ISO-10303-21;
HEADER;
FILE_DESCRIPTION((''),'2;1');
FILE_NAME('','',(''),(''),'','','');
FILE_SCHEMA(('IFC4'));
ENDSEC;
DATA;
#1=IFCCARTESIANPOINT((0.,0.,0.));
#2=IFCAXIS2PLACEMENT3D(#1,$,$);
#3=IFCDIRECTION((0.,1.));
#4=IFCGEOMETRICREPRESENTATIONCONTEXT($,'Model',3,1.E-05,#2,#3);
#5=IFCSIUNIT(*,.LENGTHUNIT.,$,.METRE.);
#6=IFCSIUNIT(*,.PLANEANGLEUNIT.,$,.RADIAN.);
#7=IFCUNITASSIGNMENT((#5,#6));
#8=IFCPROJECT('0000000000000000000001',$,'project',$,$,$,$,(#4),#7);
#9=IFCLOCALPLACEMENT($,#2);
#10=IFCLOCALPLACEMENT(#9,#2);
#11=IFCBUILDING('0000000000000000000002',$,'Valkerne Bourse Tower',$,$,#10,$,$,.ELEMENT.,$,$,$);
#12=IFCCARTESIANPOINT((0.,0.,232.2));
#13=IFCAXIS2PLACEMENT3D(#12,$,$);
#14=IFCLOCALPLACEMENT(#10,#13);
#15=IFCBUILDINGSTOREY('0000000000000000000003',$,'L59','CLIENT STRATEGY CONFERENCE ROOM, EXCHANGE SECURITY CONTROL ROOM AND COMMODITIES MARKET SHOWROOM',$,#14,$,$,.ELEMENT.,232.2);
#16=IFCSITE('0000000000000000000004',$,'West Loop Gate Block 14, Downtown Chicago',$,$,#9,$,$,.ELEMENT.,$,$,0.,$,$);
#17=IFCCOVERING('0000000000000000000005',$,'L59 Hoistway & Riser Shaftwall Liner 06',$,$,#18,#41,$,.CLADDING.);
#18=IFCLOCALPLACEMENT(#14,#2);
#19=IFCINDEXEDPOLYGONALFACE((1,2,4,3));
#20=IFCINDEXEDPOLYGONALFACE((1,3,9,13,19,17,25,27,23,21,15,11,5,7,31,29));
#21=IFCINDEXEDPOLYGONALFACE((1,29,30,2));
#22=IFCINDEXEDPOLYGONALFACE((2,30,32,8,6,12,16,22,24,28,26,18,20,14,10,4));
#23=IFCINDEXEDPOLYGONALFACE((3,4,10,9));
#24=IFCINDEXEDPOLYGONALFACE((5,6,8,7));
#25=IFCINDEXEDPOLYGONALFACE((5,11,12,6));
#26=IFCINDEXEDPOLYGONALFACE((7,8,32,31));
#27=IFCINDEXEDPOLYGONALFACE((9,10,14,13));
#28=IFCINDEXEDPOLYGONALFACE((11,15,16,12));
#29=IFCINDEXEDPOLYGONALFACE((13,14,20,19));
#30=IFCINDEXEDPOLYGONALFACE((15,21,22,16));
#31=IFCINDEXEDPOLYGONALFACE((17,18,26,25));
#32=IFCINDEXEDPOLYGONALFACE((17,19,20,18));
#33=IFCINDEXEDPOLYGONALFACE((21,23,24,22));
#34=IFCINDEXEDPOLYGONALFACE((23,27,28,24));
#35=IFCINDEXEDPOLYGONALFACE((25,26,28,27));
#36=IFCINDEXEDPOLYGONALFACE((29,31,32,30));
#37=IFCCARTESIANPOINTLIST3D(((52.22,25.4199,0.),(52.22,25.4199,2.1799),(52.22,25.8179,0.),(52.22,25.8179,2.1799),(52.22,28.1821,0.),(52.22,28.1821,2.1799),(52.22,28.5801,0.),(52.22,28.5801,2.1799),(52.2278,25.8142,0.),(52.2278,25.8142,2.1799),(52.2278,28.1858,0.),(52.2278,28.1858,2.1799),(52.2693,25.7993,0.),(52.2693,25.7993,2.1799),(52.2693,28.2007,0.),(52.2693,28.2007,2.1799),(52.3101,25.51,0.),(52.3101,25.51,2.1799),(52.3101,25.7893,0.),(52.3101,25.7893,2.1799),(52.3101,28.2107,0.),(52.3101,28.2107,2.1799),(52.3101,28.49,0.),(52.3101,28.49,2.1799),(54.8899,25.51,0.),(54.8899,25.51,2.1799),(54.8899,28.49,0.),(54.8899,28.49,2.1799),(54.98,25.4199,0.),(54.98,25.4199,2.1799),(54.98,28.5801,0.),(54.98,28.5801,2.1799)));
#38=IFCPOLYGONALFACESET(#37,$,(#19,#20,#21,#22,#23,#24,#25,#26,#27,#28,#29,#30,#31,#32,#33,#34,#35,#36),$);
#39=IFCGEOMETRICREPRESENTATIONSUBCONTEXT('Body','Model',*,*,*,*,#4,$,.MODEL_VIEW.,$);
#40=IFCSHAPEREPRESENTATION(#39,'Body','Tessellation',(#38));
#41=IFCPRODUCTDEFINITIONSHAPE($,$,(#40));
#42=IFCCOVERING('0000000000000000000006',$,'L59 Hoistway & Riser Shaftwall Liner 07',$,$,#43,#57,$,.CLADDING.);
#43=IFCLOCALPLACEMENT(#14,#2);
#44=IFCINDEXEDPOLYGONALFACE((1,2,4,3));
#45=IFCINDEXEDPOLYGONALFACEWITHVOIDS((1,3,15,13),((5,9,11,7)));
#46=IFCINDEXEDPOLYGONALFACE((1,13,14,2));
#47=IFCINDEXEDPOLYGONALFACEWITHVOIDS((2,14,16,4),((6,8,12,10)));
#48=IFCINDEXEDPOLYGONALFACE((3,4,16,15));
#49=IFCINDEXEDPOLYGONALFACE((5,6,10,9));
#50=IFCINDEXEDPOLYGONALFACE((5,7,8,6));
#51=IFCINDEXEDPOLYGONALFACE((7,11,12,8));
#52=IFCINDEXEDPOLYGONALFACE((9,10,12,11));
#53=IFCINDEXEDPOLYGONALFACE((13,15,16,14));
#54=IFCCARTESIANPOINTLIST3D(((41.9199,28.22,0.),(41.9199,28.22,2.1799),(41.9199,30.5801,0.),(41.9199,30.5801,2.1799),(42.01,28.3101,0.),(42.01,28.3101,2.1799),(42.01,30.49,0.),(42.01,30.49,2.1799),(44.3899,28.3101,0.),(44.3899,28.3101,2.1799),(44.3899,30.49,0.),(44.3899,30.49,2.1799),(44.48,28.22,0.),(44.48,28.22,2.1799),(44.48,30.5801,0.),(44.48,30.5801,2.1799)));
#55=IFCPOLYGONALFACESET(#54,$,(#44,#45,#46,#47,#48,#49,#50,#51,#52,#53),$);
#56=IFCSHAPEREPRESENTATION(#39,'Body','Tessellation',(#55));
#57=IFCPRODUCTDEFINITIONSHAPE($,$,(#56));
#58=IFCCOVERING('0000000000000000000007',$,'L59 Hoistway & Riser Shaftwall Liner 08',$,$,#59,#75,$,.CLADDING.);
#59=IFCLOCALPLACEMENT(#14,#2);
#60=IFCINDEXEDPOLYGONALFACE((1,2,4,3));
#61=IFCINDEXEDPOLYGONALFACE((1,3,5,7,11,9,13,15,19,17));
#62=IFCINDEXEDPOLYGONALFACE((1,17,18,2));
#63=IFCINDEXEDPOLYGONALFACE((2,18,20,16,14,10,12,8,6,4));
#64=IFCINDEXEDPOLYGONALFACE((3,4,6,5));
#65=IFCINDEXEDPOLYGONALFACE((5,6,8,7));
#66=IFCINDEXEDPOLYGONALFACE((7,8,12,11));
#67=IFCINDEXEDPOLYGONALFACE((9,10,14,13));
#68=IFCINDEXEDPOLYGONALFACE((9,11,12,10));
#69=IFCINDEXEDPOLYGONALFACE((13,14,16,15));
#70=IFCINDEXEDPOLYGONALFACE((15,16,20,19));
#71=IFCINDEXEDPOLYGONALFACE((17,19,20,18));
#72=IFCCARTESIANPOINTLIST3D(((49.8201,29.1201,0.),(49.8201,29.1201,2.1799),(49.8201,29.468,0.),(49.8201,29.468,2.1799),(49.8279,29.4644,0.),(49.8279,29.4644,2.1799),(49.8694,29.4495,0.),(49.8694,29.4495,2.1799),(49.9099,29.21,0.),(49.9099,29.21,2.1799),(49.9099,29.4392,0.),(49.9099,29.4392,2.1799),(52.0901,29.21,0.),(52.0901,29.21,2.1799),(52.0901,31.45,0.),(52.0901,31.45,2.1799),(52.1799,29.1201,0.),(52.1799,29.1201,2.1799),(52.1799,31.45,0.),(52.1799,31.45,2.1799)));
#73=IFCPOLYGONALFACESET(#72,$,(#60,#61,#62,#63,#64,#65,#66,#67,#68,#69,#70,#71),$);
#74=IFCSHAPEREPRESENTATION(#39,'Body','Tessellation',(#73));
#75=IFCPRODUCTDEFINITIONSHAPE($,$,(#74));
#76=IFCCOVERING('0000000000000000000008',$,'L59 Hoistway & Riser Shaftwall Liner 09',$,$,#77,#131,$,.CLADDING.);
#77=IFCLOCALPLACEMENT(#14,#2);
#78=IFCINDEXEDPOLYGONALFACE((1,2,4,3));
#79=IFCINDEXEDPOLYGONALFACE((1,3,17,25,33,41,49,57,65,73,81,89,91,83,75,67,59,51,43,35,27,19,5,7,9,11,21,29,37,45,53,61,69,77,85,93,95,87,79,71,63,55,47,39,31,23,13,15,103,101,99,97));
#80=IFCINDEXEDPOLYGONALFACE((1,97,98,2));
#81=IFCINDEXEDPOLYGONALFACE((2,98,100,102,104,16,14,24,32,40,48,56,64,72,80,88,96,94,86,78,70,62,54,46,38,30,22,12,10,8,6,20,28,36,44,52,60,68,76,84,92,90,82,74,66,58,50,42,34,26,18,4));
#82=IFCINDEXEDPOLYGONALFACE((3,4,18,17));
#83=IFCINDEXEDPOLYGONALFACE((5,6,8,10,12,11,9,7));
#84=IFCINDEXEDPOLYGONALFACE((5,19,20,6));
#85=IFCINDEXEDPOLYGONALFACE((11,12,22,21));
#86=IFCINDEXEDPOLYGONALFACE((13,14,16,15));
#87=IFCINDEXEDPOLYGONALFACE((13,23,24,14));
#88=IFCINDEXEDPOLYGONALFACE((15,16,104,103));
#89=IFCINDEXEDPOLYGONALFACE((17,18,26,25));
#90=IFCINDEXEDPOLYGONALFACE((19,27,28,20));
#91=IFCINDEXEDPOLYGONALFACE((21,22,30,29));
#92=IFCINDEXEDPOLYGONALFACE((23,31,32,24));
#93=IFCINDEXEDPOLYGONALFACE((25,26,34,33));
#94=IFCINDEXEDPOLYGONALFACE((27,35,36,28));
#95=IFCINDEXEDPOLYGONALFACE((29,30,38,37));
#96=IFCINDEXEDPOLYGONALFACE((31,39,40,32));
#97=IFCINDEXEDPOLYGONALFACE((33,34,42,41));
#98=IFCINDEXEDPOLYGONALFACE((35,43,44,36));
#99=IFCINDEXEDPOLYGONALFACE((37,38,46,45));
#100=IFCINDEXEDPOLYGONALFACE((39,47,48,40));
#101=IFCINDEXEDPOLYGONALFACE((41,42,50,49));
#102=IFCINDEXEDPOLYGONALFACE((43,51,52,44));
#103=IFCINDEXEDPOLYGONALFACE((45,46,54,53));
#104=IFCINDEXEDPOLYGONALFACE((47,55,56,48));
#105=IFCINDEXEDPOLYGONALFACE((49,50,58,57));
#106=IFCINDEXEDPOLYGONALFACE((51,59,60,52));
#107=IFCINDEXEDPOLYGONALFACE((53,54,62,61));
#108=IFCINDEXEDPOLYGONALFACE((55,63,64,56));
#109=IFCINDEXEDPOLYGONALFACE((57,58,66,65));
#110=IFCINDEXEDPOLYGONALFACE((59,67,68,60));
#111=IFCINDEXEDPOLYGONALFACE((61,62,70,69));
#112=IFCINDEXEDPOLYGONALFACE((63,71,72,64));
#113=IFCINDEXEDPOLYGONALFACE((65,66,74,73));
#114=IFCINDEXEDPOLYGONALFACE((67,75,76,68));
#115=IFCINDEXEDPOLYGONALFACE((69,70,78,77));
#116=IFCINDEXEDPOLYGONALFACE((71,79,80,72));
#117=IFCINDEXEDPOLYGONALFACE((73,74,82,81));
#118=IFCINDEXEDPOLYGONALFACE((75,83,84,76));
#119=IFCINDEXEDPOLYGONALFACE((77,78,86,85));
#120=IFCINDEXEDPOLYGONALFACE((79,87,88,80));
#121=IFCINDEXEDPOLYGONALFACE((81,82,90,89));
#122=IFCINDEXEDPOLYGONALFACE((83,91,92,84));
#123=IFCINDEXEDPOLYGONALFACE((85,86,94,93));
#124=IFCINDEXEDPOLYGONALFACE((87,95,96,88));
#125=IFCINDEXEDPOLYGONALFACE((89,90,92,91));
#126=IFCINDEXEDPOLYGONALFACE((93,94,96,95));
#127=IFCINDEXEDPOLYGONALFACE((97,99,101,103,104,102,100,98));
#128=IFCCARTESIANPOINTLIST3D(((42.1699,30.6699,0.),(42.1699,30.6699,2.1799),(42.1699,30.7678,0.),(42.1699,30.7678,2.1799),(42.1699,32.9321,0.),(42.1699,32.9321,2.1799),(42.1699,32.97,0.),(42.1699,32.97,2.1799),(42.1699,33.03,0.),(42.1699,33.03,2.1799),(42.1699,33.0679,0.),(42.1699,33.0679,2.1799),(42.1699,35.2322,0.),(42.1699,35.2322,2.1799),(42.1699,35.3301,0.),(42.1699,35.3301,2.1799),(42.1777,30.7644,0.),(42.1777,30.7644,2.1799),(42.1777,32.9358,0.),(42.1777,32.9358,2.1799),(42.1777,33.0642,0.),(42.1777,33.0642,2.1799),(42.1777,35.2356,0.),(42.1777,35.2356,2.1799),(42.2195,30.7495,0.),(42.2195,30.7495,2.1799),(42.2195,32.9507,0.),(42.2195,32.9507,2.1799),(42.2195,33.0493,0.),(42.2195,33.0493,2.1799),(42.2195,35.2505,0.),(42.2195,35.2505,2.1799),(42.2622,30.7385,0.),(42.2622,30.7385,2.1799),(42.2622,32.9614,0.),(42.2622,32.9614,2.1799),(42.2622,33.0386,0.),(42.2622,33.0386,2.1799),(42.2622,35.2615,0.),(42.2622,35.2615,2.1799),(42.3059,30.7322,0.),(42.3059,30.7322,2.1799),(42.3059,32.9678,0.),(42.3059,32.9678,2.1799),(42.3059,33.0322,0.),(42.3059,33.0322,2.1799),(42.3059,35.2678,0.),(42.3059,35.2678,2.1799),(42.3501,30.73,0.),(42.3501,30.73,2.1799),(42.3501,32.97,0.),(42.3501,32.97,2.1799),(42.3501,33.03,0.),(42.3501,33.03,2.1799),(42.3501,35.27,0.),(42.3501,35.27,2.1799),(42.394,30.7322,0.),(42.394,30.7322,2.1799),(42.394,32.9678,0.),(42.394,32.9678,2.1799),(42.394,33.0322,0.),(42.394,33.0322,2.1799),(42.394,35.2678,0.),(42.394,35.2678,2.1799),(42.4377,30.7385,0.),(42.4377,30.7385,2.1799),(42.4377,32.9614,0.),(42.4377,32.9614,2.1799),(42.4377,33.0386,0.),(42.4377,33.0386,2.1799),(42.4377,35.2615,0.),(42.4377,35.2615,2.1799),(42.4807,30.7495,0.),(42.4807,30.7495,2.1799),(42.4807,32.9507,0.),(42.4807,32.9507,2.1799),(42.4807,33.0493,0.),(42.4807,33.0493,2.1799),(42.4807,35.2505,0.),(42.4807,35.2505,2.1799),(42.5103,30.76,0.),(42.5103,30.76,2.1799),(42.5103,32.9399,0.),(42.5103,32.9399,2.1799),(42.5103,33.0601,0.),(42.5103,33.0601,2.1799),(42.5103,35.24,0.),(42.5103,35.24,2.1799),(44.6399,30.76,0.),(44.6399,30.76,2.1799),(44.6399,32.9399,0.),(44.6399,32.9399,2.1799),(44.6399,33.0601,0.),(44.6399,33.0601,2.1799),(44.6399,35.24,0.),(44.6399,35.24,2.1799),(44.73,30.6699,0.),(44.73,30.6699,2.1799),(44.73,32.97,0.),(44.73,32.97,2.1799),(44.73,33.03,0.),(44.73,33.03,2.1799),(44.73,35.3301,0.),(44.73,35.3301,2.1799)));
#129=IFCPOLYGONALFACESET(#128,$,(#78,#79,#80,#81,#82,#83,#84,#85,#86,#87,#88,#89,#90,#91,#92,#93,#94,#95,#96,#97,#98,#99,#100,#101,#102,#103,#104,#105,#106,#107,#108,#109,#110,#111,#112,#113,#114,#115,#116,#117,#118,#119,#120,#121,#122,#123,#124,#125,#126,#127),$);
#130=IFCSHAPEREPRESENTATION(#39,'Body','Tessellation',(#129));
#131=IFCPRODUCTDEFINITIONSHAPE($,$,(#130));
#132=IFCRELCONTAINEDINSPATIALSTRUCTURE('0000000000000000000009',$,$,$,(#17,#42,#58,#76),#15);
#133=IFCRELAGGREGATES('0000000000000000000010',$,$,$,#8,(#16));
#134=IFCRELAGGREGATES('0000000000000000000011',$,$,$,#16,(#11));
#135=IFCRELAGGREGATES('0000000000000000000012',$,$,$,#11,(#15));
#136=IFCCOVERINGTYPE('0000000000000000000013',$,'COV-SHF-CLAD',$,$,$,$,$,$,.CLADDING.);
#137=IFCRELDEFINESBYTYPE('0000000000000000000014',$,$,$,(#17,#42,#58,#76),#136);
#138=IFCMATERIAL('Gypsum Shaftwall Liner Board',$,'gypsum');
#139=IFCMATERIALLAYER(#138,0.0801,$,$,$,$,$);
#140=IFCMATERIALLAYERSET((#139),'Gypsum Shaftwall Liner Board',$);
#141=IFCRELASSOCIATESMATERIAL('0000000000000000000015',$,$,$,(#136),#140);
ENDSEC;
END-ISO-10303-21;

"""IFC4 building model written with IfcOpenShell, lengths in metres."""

from ifc_helpers import new_model, si_unit, direction, frame, origin, place, context, subcontext, project, spatial, polyline, outline, extrude, material, layer, layer_set, type_object, element, save


model = new_model("IFC4")

# Units and contexts
model_context = context("Model", 3, precision=1e-05, world=origin(), true_north=direction((0.0, 1.0)))
body_context = subcontext(model_context, "Body", "Model", "MODEL_VIEW")
ifc_project = project(units=[si_unit("LENGTHUNIT", "METRE"), si_unit("PLANEANGLEUNIT", "RADIAN")], contexts=[model_context])

# Site, building, storey
site_placement = place(None, origin())
site = spatial("IfcSite", under=ifc_project, at=site_placement, Name="West Loop Gate Block 14, Downtown Chicago", CompositionType="ELEMENT", RefElevation=0.0)
building_placement = place(site_placement, origin())
building = spatial("IfcBuilding", under=site, at=building_placement, Name="Valkerne Bourse Tower", CompositionType="ELEMENT")
storey_placement = place(building_placement, frame((0.0, 0.0, 232.2)))
storey = spatial("IfcBuildingStorey", under=building, at=storey_placement, Name="L59", Description="CLIENT STRATEGY CONFERENCE ROOM, EXCHANGE SECURITY CONTROL ROOM AND COMMODITIES MARKET SHOWROOM", CompositionType="ELEMENT", Elevation=232.2)

# Coverings
ifc_material_1 = material(Name="Gypsum Shaftwall Liner Board", Category="gypsum")
ifc_layer_1 = layer(ifc_material_1, 0.0801)
ifc_layer_set_1 = layer_set([ifc_layer_1], Name="Gypsum Shaftwall Liner Board")
covering_type_1 = type_object("IfcCoveringType", Name="COV-SHF-CLAD", PredefinedType="CLADDING", material=ifc_layer_set_1)
covering_1_placement = place(storey_placement, origin())
element("IfcCovering", 1, at=covering_1_placement, inside=storey, type_object=covering_type_1, Name="L59 Hoistway & Riser Shaftwall Liner 06", PredefinedType="CLADDING", context=body_context, shape_type="SweptSolid", body=[
    extrude(outline(polyline([(54.98, 25.4199), (52.22, 25.4199), (52.22, 25.8179), (52.2278, 25.8142), (52.2693, 25.7993), (52.3101, 25.7893), (52.3101, 25.51), (54.8899, 25.51), (54.8899, 28.49), (52.3101, 28.49), (52.3101, 28.2107), (52.2693, 28.2007), (52.2278, 28.1858), (52.22, 28.1821), (52.22, 28.5801), (54.98, 28.5801), (54.98, 25.4199)])), origin(), (0.0, 0.0, 1.0), 2.1799),
])
covering_2_placement = place(storey_placement, origin())
element("IfcCovering", 2, at=covering_2_placement, inside=storey, type_object=covering_type_1, Name="L59 Hoistway & Riser Shaftwall Liner 07", PredefinedType="CLADDING", context=body_context, shape_type="SweptSolid", body=[
    extrude(outline(polyline([(44.48, 28.22), (41.9199, 28.22), (41.9199, 30.5801), (44.48, 30.5801), (44.48, 28.22)]), holes=[polyline([(42.01, 30.49), (42.01, 28.3101), (44.3899, 28.3101), (44.3899, 30.49), (42.01, 30.49)])]), origin(), (0.0, 0.0, 1.0), 2.1799),
])
covering_3_placement = place(storey_placement, origin())
element("IfcCovering", 3, at=covering_3_placement, inside=storey, type_object=covering_type_1, Name="L59 Hoistway & Riser Shaftwall Liner 08", PredefinedType="CLADDING", context=body_context, shape_type="SweptSolid", body=[
    extrude(outline(polyline([(49.8201, 29.1201), (49.8201, 29.468), (49.8279, 29.4644), (49.8694, 29.4495), (49.9099, 29.4392), (49.9099, 29.21), (52.0901, 29.21), (52.0901, 31.45), (52.1799, 31.45), (52.1799, 29.1201), (49.8201, 29.1201)])), origin(), (0.0, 0.0, 1.0), 2.1799),
])
covering_4_placement = place(storey_placement, origin())
element("IfcCovering", 4, at=covering_4_placement, inside=storey, type_object=covering_type_1, Name="L59 Hoistway & Riser Shaftwall Liner 09", PredefinedType="CLADDING", context=body_context, shape_type="SweptSolid", body=[
    extrude(outline(polyline([(42.1699, 33.0679), (42.1777, 33.0642), (42.2195, 33.0493), (42.2622, 33.0386), (42.3059, 33.0322), (42.3501, 33.03), (42.394, 33.0322), (42.4377, 33.0386), (42.4807, 33.0493), (42.5103, 33.0601), (44.6399, 33.0601), (44.6399, 35.24), (42.5103, 35.24), (42.4807, 35.2505), (42.4377, 35.2615), (42.394, 35.2678), (42.3501, 35.27), (42.3059, 35.2678), (42.2622, 35.2615), (42.2195, 35.2505), (42.1777, 35.2356), (42.1699, 35.2322), (42.1699, 35.3301), (44.73, 35.3301), (44.73, 33.03), (44.73, 32.97), (44.73, 30.6699), (42.1699, 30.6699), (42.1699, 30.7678), (42.1777, 30.7644), (42.2195, 30.7495), (42.2622, 30.7385), (42.3059, 30.7322), (42.3501, 30.73), (42.394, 30.7322), (42.4377, 30.7385), (42.4807, 30.7495), (42.5103, 30.76), (44.6399, 30.76), (44.6399, 32.9399), (42.5103, 32.9399), (42.4807, 32.9507), (42.4377, 32.9614), (42.394, 32.9678), (42.3501, 32.97), (42.3059, 32.9678), (42.2622, 32.9614), (42.2195, 32.9507), (42.1777, 32.9358), (42.1699, 32.9321), (42.1699, 32.97), (42.1699, 33.03), (42.1699, 33.0679)])), origin(), (0.0, 0.0, 1.0), 2.1799),
])

save(model, "model.ifc")
